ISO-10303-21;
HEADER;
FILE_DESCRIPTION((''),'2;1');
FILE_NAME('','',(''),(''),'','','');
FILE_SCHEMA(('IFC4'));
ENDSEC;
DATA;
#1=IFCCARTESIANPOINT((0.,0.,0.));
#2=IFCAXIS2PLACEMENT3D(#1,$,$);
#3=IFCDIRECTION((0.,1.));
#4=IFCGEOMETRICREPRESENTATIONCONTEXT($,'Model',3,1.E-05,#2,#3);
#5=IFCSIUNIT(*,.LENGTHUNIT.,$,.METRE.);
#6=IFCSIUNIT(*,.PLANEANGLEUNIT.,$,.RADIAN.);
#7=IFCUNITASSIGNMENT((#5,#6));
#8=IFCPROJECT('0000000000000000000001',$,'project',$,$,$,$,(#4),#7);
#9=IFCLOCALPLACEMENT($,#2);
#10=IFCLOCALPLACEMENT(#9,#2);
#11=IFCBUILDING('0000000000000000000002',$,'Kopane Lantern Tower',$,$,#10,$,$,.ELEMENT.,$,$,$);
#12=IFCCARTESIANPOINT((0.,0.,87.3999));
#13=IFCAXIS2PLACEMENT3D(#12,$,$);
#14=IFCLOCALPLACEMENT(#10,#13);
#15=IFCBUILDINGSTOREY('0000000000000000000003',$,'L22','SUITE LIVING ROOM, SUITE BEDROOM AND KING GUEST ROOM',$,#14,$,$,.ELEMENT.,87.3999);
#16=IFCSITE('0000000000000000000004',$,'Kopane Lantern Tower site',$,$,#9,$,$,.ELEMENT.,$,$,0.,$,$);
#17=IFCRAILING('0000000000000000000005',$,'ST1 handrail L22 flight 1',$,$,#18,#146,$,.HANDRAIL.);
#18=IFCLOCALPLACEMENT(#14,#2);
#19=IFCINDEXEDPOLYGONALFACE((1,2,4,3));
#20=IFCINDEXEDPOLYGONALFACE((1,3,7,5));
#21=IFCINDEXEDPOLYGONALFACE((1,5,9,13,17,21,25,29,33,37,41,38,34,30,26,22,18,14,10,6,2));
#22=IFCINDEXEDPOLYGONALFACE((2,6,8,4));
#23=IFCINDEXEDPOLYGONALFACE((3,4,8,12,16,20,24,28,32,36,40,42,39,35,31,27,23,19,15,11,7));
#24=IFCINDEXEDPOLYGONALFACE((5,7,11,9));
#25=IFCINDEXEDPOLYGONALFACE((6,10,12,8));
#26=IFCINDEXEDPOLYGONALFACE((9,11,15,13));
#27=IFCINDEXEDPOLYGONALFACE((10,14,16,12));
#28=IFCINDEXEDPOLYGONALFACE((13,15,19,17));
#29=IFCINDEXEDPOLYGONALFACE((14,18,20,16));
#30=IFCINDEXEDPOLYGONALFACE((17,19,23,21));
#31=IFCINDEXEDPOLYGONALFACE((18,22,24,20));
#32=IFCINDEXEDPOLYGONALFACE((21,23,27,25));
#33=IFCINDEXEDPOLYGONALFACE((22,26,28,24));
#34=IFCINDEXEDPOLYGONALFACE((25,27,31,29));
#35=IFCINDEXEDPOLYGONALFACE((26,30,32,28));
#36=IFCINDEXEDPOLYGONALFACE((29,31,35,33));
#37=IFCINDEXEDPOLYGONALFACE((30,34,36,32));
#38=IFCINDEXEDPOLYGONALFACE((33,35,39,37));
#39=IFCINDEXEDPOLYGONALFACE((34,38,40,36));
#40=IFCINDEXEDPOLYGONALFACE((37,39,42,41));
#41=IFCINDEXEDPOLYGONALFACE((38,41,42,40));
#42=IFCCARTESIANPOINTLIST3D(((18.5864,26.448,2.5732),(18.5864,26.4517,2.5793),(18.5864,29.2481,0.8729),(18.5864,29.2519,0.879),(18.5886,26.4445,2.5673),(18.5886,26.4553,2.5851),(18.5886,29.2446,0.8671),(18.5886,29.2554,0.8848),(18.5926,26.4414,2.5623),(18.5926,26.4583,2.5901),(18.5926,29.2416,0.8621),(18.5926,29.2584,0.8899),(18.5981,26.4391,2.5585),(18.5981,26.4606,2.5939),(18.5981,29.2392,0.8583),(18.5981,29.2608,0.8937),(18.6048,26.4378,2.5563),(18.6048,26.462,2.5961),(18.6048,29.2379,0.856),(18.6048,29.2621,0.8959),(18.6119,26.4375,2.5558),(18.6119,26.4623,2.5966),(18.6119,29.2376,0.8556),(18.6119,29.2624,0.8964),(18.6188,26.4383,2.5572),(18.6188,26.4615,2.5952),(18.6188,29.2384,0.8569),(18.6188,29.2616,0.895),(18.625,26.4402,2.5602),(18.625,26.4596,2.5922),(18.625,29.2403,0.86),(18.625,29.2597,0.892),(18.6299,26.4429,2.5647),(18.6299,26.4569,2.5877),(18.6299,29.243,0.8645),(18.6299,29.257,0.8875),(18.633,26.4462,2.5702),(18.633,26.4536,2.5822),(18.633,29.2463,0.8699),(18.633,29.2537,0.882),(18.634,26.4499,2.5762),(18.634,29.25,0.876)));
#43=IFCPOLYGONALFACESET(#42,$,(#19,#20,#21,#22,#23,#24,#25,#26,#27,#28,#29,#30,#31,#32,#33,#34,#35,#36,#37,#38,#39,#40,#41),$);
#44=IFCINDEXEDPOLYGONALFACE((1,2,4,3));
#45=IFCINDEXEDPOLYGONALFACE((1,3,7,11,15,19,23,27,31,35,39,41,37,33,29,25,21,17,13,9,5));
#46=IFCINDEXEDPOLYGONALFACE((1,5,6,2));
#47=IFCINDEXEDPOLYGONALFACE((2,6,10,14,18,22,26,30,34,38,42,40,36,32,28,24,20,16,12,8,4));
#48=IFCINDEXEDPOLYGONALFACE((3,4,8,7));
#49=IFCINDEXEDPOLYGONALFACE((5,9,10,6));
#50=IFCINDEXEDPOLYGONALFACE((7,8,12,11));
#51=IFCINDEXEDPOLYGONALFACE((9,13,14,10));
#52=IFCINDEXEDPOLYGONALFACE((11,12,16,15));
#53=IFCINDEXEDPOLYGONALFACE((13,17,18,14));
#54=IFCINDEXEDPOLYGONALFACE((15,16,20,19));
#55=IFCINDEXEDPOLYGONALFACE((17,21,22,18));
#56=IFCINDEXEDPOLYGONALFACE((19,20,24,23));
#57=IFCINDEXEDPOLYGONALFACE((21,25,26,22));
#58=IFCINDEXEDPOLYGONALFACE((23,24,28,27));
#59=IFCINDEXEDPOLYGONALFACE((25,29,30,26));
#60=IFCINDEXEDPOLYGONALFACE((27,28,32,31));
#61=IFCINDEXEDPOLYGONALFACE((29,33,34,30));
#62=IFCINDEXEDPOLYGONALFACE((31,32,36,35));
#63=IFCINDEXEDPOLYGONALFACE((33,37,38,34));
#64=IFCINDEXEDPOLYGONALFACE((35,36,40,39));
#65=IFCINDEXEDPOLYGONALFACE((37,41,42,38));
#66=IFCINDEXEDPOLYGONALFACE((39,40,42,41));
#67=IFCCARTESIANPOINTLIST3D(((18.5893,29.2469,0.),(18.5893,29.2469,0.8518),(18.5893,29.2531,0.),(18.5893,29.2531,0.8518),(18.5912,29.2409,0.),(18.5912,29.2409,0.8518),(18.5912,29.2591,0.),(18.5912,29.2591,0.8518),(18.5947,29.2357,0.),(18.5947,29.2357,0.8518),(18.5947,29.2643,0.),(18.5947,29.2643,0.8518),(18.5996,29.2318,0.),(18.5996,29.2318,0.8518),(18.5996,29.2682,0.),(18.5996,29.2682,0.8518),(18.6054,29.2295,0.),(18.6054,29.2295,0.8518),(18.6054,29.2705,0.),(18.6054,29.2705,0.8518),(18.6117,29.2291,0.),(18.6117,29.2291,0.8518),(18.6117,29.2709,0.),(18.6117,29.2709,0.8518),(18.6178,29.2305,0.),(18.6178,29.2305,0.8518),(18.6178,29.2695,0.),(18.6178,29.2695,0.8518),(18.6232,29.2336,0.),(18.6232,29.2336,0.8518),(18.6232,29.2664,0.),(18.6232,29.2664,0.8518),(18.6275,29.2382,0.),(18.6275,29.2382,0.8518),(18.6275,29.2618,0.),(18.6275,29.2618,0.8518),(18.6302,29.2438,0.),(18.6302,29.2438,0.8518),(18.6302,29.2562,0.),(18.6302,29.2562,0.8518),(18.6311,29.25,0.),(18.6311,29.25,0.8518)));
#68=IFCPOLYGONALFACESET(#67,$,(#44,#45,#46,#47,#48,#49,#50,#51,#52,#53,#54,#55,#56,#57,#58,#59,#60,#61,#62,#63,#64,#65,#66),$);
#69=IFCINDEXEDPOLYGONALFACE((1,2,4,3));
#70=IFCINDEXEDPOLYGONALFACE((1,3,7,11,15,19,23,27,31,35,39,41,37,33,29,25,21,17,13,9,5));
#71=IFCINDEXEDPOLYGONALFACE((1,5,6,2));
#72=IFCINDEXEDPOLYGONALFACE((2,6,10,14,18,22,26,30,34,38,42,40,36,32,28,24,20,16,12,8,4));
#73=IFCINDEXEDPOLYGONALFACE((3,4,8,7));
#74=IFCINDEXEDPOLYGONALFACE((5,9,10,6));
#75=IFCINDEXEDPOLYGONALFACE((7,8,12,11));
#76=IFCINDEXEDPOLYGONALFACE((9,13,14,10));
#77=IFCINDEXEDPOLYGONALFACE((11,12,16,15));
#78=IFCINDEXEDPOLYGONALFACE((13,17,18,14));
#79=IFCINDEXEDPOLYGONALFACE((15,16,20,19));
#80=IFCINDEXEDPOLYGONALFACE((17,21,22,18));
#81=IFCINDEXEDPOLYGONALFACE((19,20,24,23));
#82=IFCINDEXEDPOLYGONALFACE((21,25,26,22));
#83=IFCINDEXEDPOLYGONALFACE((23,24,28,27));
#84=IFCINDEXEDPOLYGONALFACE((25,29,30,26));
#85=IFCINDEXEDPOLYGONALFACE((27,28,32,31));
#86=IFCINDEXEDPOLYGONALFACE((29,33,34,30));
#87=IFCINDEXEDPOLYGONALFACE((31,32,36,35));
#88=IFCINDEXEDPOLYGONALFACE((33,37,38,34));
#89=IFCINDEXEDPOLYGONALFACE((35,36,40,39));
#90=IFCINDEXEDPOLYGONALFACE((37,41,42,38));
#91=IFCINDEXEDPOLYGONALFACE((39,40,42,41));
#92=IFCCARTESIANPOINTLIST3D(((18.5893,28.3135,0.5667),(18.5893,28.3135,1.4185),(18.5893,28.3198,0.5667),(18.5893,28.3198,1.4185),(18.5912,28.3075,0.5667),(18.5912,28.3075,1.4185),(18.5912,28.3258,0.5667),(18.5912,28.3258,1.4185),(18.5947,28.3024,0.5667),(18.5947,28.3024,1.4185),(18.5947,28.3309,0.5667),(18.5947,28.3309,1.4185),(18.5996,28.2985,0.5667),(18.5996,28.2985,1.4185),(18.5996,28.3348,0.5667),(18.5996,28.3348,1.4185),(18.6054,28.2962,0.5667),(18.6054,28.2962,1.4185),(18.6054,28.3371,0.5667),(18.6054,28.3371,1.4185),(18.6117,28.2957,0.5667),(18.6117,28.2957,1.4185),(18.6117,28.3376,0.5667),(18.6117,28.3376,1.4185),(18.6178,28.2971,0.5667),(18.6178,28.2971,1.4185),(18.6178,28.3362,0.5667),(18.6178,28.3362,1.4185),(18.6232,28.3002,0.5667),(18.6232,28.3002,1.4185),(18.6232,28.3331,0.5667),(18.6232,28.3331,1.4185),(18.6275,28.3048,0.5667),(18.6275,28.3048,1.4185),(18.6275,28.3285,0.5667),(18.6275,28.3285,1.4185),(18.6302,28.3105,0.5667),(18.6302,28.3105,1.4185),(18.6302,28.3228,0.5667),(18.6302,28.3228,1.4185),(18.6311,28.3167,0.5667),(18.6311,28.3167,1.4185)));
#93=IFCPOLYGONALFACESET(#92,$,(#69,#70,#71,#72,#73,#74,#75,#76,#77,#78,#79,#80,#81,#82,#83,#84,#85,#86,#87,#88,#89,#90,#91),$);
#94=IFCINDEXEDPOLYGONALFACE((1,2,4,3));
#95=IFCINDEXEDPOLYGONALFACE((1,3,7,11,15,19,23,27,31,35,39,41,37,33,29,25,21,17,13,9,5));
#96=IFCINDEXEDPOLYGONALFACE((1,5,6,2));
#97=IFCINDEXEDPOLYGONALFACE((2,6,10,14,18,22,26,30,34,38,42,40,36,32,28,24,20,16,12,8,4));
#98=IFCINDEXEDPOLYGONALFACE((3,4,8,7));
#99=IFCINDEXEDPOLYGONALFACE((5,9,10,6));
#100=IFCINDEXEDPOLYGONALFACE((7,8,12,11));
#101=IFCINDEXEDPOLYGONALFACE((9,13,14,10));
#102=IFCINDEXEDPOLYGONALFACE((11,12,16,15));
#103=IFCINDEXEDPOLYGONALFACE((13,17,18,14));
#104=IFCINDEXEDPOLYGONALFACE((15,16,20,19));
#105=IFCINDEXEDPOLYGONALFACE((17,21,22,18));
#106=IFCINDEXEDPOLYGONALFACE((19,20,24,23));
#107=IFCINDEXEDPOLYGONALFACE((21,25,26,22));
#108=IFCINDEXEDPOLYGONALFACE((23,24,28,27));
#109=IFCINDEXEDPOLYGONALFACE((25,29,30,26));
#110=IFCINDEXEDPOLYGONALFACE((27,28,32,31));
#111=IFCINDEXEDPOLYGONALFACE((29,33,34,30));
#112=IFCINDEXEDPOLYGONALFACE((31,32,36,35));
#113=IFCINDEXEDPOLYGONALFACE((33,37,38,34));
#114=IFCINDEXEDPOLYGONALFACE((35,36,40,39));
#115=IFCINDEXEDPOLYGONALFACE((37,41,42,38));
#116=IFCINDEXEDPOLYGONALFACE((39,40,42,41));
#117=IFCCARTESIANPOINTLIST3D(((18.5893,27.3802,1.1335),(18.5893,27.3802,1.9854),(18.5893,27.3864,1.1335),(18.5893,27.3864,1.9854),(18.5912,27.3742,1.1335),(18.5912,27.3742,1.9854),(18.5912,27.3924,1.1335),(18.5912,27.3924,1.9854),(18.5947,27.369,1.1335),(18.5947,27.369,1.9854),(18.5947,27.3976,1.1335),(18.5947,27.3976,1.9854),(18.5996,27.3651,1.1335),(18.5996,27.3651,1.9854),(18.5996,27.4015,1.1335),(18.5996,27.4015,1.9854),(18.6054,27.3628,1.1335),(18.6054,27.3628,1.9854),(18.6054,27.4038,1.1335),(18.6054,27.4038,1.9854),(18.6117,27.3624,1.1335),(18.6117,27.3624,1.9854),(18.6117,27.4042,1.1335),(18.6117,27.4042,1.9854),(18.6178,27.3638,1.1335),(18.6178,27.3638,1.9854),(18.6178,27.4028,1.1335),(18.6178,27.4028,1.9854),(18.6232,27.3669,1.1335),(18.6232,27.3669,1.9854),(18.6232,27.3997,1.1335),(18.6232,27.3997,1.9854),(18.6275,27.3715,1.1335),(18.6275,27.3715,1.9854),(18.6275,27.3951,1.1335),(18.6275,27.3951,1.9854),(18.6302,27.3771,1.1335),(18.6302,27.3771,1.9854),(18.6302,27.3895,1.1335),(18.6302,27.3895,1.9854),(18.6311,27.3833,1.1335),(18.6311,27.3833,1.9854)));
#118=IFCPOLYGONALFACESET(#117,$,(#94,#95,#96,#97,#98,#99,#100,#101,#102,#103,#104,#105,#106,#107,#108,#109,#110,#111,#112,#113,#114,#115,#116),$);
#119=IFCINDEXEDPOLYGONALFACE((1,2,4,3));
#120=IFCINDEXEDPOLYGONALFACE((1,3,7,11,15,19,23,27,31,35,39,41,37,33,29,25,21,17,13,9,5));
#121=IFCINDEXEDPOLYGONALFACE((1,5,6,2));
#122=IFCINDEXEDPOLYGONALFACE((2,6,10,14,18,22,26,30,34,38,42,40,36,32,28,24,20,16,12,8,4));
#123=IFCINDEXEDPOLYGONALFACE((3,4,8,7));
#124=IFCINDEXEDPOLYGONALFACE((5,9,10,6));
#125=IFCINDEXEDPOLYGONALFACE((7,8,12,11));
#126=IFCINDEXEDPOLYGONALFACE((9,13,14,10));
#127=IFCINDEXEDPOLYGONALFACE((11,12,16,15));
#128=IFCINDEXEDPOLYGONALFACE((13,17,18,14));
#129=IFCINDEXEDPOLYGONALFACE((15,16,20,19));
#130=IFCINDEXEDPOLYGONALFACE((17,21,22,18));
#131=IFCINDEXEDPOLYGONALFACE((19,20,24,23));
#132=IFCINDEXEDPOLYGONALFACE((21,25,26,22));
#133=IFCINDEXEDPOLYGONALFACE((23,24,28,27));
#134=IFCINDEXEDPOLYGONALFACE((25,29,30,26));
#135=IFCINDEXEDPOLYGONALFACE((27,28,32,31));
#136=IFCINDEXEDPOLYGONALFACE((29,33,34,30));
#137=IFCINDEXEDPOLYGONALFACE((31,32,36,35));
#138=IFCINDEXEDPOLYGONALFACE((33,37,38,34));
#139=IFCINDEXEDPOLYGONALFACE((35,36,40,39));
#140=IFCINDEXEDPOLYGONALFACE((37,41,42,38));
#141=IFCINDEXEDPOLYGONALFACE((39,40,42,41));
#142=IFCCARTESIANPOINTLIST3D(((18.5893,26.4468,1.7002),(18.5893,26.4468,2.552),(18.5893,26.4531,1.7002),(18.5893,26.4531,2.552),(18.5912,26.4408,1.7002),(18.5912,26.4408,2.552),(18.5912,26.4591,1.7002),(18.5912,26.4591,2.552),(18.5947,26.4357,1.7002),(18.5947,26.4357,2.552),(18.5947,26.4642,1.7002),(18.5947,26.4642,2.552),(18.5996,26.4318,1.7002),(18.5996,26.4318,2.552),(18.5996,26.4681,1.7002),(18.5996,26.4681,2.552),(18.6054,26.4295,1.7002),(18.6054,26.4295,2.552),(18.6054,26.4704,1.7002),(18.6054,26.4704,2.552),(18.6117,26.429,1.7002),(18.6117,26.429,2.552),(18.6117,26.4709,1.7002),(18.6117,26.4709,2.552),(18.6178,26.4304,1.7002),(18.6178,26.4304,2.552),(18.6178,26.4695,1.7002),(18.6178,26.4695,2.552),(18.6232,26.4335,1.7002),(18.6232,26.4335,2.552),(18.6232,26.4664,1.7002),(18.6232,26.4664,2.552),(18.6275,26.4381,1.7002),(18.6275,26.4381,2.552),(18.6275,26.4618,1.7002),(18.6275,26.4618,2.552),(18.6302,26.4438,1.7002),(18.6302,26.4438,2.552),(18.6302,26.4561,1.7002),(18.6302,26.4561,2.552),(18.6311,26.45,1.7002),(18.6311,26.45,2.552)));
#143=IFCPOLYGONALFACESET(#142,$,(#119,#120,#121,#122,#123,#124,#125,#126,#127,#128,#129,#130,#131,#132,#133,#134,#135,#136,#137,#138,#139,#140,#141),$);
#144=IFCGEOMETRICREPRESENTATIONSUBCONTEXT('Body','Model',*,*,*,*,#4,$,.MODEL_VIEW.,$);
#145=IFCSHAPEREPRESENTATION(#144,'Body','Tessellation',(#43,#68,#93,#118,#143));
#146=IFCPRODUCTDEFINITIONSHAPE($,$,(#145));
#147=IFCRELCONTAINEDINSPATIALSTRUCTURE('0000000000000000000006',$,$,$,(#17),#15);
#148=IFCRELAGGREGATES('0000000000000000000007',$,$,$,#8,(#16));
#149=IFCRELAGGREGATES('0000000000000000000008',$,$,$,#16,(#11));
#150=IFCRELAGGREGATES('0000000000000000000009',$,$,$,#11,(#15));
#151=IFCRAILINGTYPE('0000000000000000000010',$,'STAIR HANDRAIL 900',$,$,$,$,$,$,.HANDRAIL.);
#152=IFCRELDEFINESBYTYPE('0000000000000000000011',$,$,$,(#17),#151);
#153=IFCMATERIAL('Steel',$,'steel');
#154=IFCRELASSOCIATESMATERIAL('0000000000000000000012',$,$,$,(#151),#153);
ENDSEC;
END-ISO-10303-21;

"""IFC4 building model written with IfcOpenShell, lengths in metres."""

from ifc_helpers import new_model, si_unit, direction, frame, origin, origin_2d, place, context, subcontext, project, spatial, circle, extrude, material, type_object, element, save


model = new_model("IFC4")

# Units and contexts
model_context = context("Model", 3, precision=1e-05, world=origin(), true_north=direction((0.0, 1.0)))
body_context = subcontext(model_context, "Body", "Model", "MODEL_VIEW")
ifc_project = project(units=[si_unit("LENGTHUNIT", "METRE"), si_unit("PLANEANGLEUNIT", "RADIAN")], contexts=[model_context])

# Site, building, storey
site_placement = place(None, origin())
site = spatial("IfcSite", under=ifc_project, at=site_placement, Name="Kopane Lantern Tower site", CompositionType="ELEMENT", RefElevation=0.0)
building_placement = place(site_placement, origin())
building = spatial("IfcBuilding", under=site, at=building_placement, Name="Kopane Lantern Tower", CompositionType="ELEMENT")
storey_placement = place(building_placement, frame((0.0, 0.0, 87.3999)))
storey = spatial("IfcBuildingStorey", under=building, at=storey_placement, Name="L22", Description="SUITE LIVING ROOM, SUITE BEDROOM AND KING GUEST ROOM", CompositionType="ELEMENT", Elevation=87.3999)

# Railing
ifc_material_1 = material(Name="Steel", Category="steel")
railing_type_1 = type_object("IfcRailingType", Name="STAIR HANDRAIL 900", PredefinedType="HANDRAIL", material=ifc_material_1)
railing_1_placement = place(storey_placement, frame((18.6101, 29.25, 0.0)))
element("IfcRailing", 1, at=railing_1_placement, inside=storey, type_object=railing_type_1, Name="ST1 handrail L22 flight 1", PredefinedType="HANDRAIL", context=body_context, shape_type="SweptSolid", body=[
    extrude(circle(Radius=0.0239, at=origin_2d()), frame((0.0, 0.0, 0.876), z_axis=(0.0, -0.854765, 0.519015), x_axis=(1.0, 0.0, 0.0)), (0.0, 0.0, 1.0), 3.2759),
    extrude(circle(Radius=0.021, at=origin_2d()), origin(), (0.0, 0.0, 1.0), 0.8518),
    extrude(circle(Radius=0.021, at=origin_2d()), frame((0.0, -0.9333, 0.5667)), (0.0, 0.0, 1.0), 0.8518),
    extrude(circle(Radius=0.021, at=origin_2d()), frame((0.0, -1.8667, 1.1335)), (0.0, 0.0, 1.0), 0.8518),
    extrude(circle(Radius=0.021, at=origin_2d()), frame((0.0, -2.8, 1.7002)), (0.0, 0.0, 1.0), 0.8518),
])

save(model, "model.ifc")
